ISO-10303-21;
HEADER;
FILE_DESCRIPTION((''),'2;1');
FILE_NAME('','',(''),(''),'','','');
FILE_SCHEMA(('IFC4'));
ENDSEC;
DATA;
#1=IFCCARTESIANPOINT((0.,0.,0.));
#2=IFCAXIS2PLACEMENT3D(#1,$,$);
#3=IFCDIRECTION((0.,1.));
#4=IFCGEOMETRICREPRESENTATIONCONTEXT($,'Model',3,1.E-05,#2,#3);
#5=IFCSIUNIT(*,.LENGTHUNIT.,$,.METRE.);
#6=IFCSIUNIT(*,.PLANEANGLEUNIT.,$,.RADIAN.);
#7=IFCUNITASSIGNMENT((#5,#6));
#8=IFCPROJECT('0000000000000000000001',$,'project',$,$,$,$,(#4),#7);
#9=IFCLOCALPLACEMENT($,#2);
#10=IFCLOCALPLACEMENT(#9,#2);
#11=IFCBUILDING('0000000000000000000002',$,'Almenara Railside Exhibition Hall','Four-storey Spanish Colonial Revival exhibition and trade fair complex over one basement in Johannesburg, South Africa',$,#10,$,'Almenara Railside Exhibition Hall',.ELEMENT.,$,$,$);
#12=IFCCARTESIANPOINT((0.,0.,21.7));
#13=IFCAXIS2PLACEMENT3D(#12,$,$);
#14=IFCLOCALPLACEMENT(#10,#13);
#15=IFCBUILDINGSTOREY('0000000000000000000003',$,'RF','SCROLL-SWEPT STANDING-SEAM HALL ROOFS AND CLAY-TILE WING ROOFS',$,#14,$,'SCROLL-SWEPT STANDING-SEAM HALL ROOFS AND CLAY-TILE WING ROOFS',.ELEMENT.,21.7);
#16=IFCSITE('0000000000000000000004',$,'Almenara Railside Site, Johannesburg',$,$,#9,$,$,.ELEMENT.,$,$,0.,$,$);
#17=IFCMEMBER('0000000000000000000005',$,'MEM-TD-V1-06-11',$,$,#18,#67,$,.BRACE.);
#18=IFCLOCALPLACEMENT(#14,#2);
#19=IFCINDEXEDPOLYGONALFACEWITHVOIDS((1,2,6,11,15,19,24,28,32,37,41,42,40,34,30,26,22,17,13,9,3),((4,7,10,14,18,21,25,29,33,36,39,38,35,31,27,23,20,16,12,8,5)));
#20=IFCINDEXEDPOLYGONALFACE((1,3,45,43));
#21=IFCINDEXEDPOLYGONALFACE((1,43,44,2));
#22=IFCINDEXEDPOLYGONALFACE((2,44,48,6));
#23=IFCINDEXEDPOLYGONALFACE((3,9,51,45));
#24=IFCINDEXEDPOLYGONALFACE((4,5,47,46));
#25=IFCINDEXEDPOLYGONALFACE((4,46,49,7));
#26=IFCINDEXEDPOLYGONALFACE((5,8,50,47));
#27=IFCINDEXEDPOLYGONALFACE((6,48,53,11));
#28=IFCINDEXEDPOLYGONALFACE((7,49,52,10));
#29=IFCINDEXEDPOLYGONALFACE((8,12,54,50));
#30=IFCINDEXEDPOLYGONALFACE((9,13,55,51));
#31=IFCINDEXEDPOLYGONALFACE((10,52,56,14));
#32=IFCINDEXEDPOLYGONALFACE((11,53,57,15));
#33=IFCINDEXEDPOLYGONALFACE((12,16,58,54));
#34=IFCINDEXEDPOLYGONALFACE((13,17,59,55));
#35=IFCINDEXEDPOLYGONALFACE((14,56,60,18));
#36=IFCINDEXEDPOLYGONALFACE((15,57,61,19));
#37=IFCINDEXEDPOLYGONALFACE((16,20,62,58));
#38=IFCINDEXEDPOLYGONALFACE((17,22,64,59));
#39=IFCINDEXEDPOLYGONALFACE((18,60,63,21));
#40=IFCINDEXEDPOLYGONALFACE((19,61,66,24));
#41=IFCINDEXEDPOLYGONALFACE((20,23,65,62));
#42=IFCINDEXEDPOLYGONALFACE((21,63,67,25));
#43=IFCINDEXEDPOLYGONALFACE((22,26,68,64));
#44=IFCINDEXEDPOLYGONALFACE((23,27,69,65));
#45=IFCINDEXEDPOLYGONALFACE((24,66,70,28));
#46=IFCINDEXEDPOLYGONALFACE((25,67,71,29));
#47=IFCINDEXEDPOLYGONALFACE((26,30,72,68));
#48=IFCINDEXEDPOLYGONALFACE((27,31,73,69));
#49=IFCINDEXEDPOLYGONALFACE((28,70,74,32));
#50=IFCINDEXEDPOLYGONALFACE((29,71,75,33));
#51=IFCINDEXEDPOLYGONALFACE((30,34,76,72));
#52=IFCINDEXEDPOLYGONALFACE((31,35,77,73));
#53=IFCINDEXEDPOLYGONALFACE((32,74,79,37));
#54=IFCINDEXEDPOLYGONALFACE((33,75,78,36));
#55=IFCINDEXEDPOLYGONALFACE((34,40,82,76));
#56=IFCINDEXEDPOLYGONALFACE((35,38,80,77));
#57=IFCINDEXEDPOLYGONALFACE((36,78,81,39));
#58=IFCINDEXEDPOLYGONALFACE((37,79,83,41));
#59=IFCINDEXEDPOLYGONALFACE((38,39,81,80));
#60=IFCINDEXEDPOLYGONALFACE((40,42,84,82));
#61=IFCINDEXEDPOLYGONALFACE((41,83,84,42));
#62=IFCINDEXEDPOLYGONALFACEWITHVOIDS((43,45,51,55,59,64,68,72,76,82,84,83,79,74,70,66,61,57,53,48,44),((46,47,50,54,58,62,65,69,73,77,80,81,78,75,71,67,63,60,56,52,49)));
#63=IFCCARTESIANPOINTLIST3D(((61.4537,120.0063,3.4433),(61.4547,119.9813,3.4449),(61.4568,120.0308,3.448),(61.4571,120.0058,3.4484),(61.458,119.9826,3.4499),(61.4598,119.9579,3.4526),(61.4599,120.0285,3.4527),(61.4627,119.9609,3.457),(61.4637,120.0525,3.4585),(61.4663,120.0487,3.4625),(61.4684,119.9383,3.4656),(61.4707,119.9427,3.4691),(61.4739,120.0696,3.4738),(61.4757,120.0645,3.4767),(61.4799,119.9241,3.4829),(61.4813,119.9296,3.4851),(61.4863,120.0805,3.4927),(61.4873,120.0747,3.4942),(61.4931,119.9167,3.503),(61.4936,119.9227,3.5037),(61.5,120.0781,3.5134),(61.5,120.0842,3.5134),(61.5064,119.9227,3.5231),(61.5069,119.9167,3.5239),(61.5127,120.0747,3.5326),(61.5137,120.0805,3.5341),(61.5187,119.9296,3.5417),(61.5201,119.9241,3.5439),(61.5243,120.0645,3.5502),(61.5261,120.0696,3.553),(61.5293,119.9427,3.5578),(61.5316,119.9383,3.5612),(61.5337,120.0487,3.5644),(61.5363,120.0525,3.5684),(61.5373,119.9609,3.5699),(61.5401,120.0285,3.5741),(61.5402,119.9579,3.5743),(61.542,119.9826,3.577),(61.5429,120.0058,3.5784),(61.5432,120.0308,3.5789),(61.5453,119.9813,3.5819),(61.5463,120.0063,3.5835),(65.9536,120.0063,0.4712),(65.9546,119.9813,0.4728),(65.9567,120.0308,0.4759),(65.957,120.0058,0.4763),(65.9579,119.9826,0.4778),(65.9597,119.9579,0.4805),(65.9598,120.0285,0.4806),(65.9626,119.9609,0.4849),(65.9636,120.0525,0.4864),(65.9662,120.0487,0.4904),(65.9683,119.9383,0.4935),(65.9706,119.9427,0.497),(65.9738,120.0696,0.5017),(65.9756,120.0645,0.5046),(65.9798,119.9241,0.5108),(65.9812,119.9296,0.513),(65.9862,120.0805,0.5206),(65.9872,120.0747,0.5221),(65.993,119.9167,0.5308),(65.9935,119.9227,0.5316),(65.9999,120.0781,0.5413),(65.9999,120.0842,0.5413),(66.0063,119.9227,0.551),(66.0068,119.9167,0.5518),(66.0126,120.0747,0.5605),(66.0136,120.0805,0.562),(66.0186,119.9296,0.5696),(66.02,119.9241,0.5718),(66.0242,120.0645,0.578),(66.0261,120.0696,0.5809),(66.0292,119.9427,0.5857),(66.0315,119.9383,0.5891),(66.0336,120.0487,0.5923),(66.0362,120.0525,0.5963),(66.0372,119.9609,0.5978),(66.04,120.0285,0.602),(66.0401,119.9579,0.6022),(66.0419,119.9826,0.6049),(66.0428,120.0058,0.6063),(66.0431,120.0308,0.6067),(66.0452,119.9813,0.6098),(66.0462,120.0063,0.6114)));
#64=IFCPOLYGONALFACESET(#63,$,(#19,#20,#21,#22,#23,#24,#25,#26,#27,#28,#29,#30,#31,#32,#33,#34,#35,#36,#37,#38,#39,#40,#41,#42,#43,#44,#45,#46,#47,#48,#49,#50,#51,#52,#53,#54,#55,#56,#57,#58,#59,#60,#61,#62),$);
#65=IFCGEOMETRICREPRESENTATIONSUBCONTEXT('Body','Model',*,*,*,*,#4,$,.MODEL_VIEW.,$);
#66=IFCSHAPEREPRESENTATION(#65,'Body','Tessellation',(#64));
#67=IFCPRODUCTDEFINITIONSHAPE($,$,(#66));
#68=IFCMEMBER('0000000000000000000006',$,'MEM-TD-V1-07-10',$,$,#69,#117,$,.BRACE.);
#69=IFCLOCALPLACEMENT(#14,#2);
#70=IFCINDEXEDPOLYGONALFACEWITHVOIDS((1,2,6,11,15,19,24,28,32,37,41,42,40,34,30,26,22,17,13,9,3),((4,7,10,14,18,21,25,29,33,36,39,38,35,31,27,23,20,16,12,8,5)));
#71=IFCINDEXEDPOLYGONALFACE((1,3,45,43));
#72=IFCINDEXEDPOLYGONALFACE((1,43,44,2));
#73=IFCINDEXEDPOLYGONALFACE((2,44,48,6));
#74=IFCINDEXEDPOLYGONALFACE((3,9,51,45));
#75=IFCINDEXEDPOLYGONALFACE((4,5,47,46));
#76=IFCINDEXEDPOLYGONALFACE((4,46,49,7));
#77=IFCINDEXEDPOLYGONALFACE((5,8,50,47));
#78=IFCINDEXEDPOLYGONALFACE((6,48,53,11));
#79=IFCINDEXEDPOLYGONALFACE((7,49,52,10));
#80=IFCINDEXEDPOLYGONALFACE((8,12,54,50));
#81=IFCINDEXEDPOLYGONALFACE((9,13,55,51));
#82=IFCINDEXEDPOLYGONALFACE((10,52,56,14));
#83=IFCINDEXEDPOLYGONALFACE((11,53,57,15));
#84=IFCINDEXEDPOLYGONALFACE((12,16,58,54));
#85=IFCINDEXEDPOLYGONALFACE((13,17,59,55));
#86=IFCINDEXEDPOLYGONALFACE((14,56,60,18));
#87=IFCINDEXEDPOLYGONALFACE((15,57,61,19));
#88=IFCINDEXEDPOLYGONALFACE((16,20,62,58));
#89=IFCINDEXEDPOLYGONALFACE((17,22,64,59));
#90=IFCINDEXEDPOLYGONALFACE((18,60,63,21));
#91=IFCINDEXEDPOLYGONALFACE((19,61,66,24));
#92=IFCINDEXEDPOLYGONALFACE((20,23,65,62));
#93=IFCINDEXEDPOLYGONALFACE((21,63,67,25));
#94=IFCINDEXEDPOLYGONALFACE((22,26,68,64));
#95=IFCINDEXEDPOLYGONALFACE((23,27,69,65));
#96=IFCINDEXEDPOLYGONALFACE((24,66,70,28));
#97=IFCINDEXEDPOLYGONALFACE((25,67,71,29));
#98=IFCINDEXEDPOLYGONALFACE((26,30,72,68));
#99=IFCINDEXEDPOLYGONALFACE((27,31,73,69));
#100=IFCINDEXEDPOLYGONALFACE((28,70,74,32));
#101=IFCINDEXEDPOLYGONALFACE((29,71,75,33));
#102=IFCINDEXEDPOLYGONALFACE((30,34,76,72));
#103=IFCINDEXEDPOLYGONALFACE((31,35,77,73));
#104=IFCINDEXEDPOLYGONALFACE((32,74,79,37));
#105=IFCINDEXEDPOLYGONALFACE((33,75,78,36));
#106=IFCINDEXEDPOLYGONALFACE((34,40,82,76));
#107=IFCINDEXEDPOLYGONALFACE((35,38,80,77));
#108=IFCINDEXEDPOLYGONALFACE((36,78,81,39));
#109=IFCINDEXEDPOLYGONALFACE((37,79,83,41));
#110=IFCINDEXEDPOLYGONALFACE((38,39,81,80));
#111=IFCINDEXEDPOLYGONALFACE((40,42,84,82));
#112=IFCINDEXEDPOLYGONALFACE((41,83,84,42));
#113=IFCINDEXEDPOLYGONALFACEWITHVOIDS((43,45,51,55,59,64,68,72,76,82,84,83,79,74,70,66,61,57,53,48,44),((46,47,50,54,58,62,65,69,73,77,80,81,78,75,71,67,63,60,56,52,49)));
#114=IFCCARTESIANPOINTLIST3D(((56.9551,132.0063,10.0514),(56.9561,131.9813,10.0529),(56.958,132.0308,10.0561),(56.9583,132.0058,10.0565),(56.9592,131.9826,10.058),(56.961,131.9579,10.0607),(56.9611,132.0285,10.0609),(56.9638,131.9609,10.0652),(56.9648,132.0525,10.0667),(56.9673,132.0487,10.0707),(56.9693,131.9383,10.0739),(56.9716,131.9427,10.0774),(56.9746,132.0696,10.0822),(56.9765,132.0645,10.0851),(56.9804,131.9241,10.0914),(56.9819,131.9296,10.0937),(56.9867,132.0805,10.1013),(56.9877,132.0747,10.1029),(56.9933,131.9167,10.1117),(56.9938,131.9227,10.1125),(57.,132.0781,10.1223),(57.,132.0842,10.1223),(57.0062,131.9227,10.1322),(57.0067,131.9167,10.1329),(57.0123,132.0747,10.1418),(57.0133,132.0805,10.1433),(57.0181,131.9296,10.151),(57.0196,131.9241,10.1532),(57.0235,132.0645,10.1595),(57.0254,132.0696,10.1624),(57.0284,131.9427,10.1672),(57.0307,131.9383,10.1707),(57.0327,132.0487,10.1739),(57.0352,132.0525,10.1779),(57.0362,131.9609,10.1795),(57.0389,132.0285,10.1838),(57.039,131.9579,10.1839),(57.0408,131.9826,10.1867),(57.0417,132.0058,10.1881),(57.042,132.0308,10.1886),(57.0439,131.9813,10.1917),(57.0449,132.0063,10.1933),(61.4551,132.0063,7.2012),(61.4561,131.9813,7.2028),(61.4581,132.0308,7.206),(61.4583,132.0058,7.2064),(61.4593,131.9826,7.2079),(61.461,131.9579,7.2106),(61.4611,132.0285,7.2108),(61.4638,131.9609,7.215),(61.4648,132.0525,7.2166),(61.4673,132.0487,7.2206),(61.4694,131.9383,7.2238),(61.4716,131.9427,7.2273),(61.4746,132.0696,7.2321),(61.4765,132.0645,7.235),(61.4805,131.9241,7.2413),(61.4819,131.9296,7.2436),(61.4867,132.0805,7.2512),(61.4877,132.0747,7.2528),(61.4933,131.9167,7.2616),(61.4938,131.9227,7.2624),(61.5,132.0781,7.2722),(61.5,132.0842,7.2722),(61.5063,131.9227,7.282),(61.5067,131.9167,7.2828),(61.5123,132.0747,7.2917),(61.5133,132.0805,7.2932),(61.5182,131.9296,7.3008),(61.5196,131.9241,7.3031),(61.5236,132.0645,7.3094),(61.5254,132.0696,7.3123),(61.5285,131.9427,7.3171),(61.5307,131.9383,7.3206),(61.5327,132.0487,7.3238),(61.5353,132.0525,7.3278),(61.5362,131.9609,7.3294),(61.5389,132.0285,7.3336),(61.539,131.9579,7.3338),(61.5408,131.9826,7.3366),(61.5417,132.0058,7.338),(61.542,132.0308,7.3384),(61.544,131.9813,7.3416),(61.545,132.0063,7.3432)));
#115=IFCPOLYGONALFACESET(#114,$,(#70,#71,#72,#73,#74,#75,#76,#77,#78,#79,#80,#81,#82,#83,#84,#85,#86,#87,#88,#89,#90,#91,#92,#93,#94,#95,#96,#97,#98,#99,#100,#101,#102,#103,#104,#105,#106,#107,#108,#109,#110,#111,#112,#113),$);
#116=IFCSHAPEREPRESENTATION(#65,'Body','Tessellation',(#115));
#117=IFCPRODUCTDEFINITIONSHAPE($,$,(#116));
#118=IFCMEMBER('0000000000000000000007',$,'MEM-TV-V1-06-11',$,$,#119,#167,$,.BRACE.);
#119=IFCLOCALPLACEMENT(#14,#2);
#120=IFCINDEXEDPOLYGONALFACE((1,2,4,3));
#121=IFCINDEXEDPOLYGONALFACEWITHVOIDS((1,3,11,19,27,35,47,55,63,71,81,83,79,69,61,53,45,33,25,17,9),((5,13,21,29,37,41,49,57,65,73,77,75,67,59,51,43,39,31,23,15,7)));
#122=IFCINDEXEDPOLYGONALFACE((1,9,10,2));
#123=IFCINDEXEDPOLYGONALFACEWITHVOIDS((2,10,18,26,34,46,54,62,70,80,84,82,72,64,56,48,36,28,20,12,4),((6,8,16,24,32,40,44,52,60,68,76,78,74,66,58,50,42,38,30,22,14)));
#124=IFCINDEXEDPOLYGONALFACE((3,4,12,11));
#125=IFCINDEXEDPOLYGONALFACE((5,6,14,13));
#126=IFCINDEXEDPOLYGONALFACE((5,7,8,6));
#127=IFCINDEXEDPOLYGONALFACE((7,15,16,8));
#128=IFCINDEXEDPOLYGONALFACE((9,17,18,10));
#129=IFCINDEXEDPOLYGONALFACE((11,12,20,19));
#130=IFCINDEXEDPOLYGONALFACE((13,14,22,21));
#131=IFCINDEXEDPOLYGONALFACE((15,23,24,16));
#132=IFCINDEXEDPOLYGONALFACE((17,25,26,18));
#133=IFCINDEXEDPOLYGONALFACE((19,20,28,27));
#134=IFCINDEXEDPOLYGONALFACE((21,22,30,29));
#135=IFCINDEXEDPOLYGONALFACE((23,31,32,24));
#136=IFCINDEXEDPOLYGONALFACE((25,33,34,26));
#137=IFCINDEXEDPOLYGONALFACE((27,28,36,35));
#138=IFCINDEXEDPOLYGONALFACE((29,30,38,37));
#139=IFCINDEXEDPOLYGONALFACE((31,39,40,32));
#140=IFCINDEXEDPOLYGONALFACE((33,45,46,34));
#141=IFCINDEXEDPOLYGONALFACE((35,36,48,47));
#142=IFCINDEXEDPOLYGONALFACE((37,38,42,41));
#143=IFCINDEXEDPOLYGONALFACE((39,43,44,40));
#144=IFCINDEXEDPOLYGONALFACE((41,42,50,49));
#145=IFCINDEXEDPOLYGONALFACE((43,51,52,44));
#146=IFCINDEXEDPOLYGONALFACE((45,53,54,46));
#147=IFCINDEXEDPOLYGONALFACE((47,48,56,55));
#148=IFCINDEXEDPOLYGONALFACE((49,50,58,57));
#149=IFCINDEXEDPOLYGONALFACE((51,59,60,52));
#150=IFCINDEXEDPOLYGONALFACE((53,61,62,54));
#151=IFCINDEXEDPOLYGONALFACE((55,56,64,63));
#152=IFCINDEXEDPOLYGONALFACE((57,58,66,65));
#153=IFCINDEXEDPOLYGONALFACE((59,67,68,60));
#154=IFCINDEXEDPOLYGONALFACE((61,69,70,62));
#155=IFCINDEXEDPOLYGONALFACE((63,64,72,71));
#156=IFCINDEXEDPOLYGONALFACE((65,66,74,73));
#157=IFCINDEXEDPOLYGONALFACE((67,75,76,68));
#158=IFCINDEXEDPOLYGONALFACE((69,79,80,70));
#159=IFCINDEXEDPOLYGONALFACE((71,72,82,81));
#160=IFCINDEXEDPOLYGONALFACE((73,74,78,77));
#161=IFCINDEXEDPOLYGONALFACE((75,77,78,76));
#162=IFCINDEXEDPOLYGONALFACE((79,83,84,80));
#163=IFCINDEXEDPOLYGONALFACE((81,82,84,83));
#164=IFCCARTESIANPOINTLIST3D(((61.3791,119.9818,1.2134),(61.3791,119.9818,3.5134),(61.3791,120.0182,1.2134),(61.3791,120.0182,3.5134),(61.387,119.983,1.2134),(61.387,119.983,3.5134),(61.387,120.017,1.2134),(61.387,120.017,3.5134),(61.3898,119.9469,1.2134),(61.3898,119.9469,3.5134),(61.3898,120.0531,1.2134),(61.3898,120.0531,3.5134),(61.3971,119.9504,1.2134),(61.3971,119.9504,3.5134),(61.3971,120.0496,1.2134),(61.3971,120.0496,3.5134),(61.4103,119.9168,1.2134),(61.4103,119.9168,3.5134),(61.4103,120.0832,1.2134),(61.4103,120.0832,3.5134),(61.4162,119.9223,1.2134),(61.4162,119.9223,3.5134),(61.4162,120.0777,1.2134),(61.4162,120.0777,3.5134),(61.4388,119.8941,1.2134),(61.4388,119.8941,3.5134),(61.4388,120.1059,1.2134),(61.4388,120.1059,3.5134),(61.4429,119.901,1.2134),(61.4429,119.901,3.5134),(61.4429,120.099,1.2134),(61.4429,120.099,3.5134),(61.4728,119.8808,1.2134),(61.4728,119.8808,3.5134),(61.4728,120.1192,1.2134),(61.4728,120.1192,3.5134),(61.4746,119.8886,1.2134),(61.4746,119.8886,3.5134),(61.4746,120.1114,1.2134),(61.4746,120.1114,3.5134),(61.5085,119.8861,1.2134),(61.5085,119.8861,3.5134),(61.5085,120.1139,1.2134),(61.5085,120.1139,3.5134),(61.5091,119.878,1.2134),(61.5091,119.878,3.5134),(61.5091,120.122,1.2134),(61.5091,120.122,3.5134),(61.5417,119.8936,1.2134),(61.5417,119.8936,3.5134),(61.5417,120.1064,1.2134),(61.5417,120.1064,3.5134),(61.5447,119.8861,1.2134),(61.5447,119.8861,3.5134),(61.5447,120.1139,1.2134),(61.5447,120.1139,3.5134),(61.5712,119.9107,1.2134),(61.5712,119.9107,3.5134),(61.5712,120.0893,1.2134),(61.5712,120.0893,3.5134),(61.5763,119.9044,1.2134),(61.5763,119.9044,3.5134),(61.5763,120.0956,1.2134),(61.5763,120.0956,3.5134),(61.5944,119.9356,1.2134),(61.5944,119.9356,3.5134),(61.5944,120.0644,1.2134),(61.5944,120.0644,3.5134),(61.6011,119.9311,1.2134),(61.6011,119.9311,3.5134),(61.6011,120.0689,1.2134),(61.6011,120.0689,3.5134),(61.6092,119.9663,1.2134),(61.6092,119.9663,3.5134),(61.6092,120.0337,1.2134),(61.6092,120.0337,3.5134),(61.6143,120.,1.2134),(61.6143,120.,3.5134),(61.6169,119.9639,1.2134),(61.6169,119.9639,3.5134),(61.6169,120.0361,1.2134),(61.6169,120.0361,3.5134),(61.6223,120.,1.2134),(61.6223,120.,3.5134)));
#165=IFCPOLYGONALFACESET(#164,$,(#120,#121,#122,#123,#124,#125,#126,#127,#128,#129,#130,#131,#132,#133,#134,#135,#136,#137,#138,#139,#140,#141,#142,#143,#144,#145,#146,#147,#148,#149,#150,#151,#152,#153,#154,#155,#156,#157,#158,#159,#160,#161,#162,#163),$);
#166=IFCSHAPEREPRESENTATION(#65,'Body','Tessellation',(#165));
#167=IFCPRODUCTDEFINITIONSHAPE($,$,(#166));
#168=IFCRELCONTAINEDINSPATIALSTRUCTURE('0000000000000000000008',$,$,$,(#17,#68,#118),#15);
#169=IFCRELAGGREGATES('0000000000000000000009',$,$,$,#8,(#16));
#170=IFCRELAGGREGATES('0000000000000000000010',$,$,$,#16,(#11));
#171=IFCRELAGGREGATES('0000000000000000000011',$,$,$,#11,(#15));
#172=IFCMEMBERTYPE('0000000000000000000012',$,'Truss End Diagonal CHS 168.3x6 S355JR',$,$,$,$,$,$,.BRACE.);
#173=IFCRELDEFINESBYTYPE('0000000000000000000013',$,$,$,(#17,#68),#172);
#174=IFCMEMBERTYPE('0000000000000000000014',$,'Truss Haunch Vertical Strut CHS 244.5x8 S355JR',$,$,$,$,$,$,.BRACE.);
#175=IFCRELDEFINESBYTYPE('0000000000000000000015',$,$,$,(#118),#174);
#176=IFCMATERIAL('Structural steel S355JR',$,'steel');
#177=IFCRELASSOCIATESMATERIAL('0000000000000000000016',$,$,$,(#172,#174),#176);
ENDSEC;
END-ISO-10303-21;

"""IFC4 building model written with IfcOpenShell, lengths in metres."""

from ifc_helpers import new_model, si_unit, direction, frame, origin, origin_2d, place, context, subcontext, project, spatial, hollow_circle, extrude, material, material_profile, profile_set, type_object, element, save


model = new_model("IFC4")

# Units and contexts
model_context = context("Model", 3, precision=1e-05, world=origin(), true_north=direction((0.0, 1.0)))
body_context = subcontext(model_context, "Body", "Model", "MODEL_VIEW")
ifc_project = project(units=[si_unit("LENGTHUNIT", "METRE"), si_unit("PLANEANGLEUNIT", "RADIAN")], contexts=[model_context])

# Site, building, storey
site_placement = place(None, origin())
site = spatial("IfcSite", under=ifc_project, at=site_placement, Name="Almenara Railside Site, Johannesburg", CompositionType="ELEMENT", RefElevation=0.0)
building_placement = place(site_placement, origin())
building = spatial("IfcBuilding", under=site, at=building_placement, Name="Almenara Railside Exhibition Hall", Description="Four-storey Spanish Colonial Revival exhibition and trade fair complex over one basement in Johannesburg, South Africa", LongName="Almenara Railside Exhibition Hall", CompositionType="ELEMENT")
storey_placement = place(building_placement, frame((0.0, 0.0, 21.7)))
storey = spatial("IfcBuildingStorey", under=building, at=storey_placement, Name="RF", Description="SCROLL-SWEPT STANDING-SEAM HALL ROOFS AND CLAY-TILE WING ROOFS", LongName="SCROLL-SWEPT STANDING-SEAM HALL ROOFS AND CLAY-TILE WING ROOFS", CompositionType="ELEMENT", Elevation=21.7)

# Shared definitions
ifc_material_1 = material(Name="Structural steel S355JR", Category="steel")

# Members
ifc_material_profile_1 = material_profile(ifc_material_1, hollow_circle(Radius=0.0842, WallThickness=0.0061, at=origin_2d()), Name="CHS 168.3x6")
ifc_profile_set_1 = profile_set([ifc_material_profile_1], Name="Structural steel S355JR")
member_type_1 = type_object("IfcMemberType", Name="Truss End Diagonal CHS 168.3x6 S355JR", PredefinedType="BRACE", material=ifc_profile_set_1)
member_1_placement = place(storey_placement, frame((61.5, 120.0, 3.5134), z_axis=(0.834425, 0.0, -0.551122), x_axis=(0.0, 1.0, 0.0)))
element("IfcMember", 1, at=member_1_placement, inside=storey, type_object=member_type_1, Name="MEM-TD-V1-06-11", PredefinedType="BRACE", context=body_context, shape_type="SweptSolid", body=[
    extrude(hollow_circle(Radius=0.0842, WallThickness=0.0061, at=origin_2d()), origin(), (0.0, 0.0, 1.0), 5.3928),
])
member_2_placement = place(storey_placement, frame((57.0, 132.0, 10.1223), z_axis=(0.844811, 0.0, -0.535065), x_axis=(0.0, 1.0, 0.0)))
element("IfcMember", 2, at=member_2_placement, inside=storey, type_object=member_type_1, Name="MEM-TD-V1-07-10", PredefinedType="BRACE", context=body_context, shape_type="SweptSolid", body=[
    extrude(hollow_circle(Radius=0.0842, WallThickness=0.0061, at=origin_2d()), origin(), (0.0, 0.0, 1.0), 5.3267),
])
ifc_material_profile_2 = material_profile(ifc_material_1, hollow_circle(Radius=0.1223, WallThickness=0.0081, at=origin_2d()), Name="CHS 244.5x8")
ifc_profile_set_2 = profile_set([ifc_material_profile_2], Name="Structural steel S355JR")
member_type_2 = type_object("IfcMemberType", Name="Truss Haunch Vertical Strut CHS 244.5x8 S355JR", PredefinedType="BRACE", material=ifc_profile_set_2)
member_3_placement = place(storey_placement, frame((61.5, 120.0, 1.2134), z_axis=(0.0, 0.0, 1.0), x_axis=(1.0, 0.0, 0.0)))
element("IfcMember", 3, at=member_3_placement, inside=storey, type_object=member_type_2, Name="MEM-TV-V1-06-11", PredefinedType="BRACE", context=body_context, shape_type="SweptSolid", body=[
    extrude(hollow_circle(Radius=0.1223, WallThickness=0.0081, at=origin_2d()), origin(), (0.0, 0.0, 1.0), 2.3),
])

save(model, "model.ifc")
